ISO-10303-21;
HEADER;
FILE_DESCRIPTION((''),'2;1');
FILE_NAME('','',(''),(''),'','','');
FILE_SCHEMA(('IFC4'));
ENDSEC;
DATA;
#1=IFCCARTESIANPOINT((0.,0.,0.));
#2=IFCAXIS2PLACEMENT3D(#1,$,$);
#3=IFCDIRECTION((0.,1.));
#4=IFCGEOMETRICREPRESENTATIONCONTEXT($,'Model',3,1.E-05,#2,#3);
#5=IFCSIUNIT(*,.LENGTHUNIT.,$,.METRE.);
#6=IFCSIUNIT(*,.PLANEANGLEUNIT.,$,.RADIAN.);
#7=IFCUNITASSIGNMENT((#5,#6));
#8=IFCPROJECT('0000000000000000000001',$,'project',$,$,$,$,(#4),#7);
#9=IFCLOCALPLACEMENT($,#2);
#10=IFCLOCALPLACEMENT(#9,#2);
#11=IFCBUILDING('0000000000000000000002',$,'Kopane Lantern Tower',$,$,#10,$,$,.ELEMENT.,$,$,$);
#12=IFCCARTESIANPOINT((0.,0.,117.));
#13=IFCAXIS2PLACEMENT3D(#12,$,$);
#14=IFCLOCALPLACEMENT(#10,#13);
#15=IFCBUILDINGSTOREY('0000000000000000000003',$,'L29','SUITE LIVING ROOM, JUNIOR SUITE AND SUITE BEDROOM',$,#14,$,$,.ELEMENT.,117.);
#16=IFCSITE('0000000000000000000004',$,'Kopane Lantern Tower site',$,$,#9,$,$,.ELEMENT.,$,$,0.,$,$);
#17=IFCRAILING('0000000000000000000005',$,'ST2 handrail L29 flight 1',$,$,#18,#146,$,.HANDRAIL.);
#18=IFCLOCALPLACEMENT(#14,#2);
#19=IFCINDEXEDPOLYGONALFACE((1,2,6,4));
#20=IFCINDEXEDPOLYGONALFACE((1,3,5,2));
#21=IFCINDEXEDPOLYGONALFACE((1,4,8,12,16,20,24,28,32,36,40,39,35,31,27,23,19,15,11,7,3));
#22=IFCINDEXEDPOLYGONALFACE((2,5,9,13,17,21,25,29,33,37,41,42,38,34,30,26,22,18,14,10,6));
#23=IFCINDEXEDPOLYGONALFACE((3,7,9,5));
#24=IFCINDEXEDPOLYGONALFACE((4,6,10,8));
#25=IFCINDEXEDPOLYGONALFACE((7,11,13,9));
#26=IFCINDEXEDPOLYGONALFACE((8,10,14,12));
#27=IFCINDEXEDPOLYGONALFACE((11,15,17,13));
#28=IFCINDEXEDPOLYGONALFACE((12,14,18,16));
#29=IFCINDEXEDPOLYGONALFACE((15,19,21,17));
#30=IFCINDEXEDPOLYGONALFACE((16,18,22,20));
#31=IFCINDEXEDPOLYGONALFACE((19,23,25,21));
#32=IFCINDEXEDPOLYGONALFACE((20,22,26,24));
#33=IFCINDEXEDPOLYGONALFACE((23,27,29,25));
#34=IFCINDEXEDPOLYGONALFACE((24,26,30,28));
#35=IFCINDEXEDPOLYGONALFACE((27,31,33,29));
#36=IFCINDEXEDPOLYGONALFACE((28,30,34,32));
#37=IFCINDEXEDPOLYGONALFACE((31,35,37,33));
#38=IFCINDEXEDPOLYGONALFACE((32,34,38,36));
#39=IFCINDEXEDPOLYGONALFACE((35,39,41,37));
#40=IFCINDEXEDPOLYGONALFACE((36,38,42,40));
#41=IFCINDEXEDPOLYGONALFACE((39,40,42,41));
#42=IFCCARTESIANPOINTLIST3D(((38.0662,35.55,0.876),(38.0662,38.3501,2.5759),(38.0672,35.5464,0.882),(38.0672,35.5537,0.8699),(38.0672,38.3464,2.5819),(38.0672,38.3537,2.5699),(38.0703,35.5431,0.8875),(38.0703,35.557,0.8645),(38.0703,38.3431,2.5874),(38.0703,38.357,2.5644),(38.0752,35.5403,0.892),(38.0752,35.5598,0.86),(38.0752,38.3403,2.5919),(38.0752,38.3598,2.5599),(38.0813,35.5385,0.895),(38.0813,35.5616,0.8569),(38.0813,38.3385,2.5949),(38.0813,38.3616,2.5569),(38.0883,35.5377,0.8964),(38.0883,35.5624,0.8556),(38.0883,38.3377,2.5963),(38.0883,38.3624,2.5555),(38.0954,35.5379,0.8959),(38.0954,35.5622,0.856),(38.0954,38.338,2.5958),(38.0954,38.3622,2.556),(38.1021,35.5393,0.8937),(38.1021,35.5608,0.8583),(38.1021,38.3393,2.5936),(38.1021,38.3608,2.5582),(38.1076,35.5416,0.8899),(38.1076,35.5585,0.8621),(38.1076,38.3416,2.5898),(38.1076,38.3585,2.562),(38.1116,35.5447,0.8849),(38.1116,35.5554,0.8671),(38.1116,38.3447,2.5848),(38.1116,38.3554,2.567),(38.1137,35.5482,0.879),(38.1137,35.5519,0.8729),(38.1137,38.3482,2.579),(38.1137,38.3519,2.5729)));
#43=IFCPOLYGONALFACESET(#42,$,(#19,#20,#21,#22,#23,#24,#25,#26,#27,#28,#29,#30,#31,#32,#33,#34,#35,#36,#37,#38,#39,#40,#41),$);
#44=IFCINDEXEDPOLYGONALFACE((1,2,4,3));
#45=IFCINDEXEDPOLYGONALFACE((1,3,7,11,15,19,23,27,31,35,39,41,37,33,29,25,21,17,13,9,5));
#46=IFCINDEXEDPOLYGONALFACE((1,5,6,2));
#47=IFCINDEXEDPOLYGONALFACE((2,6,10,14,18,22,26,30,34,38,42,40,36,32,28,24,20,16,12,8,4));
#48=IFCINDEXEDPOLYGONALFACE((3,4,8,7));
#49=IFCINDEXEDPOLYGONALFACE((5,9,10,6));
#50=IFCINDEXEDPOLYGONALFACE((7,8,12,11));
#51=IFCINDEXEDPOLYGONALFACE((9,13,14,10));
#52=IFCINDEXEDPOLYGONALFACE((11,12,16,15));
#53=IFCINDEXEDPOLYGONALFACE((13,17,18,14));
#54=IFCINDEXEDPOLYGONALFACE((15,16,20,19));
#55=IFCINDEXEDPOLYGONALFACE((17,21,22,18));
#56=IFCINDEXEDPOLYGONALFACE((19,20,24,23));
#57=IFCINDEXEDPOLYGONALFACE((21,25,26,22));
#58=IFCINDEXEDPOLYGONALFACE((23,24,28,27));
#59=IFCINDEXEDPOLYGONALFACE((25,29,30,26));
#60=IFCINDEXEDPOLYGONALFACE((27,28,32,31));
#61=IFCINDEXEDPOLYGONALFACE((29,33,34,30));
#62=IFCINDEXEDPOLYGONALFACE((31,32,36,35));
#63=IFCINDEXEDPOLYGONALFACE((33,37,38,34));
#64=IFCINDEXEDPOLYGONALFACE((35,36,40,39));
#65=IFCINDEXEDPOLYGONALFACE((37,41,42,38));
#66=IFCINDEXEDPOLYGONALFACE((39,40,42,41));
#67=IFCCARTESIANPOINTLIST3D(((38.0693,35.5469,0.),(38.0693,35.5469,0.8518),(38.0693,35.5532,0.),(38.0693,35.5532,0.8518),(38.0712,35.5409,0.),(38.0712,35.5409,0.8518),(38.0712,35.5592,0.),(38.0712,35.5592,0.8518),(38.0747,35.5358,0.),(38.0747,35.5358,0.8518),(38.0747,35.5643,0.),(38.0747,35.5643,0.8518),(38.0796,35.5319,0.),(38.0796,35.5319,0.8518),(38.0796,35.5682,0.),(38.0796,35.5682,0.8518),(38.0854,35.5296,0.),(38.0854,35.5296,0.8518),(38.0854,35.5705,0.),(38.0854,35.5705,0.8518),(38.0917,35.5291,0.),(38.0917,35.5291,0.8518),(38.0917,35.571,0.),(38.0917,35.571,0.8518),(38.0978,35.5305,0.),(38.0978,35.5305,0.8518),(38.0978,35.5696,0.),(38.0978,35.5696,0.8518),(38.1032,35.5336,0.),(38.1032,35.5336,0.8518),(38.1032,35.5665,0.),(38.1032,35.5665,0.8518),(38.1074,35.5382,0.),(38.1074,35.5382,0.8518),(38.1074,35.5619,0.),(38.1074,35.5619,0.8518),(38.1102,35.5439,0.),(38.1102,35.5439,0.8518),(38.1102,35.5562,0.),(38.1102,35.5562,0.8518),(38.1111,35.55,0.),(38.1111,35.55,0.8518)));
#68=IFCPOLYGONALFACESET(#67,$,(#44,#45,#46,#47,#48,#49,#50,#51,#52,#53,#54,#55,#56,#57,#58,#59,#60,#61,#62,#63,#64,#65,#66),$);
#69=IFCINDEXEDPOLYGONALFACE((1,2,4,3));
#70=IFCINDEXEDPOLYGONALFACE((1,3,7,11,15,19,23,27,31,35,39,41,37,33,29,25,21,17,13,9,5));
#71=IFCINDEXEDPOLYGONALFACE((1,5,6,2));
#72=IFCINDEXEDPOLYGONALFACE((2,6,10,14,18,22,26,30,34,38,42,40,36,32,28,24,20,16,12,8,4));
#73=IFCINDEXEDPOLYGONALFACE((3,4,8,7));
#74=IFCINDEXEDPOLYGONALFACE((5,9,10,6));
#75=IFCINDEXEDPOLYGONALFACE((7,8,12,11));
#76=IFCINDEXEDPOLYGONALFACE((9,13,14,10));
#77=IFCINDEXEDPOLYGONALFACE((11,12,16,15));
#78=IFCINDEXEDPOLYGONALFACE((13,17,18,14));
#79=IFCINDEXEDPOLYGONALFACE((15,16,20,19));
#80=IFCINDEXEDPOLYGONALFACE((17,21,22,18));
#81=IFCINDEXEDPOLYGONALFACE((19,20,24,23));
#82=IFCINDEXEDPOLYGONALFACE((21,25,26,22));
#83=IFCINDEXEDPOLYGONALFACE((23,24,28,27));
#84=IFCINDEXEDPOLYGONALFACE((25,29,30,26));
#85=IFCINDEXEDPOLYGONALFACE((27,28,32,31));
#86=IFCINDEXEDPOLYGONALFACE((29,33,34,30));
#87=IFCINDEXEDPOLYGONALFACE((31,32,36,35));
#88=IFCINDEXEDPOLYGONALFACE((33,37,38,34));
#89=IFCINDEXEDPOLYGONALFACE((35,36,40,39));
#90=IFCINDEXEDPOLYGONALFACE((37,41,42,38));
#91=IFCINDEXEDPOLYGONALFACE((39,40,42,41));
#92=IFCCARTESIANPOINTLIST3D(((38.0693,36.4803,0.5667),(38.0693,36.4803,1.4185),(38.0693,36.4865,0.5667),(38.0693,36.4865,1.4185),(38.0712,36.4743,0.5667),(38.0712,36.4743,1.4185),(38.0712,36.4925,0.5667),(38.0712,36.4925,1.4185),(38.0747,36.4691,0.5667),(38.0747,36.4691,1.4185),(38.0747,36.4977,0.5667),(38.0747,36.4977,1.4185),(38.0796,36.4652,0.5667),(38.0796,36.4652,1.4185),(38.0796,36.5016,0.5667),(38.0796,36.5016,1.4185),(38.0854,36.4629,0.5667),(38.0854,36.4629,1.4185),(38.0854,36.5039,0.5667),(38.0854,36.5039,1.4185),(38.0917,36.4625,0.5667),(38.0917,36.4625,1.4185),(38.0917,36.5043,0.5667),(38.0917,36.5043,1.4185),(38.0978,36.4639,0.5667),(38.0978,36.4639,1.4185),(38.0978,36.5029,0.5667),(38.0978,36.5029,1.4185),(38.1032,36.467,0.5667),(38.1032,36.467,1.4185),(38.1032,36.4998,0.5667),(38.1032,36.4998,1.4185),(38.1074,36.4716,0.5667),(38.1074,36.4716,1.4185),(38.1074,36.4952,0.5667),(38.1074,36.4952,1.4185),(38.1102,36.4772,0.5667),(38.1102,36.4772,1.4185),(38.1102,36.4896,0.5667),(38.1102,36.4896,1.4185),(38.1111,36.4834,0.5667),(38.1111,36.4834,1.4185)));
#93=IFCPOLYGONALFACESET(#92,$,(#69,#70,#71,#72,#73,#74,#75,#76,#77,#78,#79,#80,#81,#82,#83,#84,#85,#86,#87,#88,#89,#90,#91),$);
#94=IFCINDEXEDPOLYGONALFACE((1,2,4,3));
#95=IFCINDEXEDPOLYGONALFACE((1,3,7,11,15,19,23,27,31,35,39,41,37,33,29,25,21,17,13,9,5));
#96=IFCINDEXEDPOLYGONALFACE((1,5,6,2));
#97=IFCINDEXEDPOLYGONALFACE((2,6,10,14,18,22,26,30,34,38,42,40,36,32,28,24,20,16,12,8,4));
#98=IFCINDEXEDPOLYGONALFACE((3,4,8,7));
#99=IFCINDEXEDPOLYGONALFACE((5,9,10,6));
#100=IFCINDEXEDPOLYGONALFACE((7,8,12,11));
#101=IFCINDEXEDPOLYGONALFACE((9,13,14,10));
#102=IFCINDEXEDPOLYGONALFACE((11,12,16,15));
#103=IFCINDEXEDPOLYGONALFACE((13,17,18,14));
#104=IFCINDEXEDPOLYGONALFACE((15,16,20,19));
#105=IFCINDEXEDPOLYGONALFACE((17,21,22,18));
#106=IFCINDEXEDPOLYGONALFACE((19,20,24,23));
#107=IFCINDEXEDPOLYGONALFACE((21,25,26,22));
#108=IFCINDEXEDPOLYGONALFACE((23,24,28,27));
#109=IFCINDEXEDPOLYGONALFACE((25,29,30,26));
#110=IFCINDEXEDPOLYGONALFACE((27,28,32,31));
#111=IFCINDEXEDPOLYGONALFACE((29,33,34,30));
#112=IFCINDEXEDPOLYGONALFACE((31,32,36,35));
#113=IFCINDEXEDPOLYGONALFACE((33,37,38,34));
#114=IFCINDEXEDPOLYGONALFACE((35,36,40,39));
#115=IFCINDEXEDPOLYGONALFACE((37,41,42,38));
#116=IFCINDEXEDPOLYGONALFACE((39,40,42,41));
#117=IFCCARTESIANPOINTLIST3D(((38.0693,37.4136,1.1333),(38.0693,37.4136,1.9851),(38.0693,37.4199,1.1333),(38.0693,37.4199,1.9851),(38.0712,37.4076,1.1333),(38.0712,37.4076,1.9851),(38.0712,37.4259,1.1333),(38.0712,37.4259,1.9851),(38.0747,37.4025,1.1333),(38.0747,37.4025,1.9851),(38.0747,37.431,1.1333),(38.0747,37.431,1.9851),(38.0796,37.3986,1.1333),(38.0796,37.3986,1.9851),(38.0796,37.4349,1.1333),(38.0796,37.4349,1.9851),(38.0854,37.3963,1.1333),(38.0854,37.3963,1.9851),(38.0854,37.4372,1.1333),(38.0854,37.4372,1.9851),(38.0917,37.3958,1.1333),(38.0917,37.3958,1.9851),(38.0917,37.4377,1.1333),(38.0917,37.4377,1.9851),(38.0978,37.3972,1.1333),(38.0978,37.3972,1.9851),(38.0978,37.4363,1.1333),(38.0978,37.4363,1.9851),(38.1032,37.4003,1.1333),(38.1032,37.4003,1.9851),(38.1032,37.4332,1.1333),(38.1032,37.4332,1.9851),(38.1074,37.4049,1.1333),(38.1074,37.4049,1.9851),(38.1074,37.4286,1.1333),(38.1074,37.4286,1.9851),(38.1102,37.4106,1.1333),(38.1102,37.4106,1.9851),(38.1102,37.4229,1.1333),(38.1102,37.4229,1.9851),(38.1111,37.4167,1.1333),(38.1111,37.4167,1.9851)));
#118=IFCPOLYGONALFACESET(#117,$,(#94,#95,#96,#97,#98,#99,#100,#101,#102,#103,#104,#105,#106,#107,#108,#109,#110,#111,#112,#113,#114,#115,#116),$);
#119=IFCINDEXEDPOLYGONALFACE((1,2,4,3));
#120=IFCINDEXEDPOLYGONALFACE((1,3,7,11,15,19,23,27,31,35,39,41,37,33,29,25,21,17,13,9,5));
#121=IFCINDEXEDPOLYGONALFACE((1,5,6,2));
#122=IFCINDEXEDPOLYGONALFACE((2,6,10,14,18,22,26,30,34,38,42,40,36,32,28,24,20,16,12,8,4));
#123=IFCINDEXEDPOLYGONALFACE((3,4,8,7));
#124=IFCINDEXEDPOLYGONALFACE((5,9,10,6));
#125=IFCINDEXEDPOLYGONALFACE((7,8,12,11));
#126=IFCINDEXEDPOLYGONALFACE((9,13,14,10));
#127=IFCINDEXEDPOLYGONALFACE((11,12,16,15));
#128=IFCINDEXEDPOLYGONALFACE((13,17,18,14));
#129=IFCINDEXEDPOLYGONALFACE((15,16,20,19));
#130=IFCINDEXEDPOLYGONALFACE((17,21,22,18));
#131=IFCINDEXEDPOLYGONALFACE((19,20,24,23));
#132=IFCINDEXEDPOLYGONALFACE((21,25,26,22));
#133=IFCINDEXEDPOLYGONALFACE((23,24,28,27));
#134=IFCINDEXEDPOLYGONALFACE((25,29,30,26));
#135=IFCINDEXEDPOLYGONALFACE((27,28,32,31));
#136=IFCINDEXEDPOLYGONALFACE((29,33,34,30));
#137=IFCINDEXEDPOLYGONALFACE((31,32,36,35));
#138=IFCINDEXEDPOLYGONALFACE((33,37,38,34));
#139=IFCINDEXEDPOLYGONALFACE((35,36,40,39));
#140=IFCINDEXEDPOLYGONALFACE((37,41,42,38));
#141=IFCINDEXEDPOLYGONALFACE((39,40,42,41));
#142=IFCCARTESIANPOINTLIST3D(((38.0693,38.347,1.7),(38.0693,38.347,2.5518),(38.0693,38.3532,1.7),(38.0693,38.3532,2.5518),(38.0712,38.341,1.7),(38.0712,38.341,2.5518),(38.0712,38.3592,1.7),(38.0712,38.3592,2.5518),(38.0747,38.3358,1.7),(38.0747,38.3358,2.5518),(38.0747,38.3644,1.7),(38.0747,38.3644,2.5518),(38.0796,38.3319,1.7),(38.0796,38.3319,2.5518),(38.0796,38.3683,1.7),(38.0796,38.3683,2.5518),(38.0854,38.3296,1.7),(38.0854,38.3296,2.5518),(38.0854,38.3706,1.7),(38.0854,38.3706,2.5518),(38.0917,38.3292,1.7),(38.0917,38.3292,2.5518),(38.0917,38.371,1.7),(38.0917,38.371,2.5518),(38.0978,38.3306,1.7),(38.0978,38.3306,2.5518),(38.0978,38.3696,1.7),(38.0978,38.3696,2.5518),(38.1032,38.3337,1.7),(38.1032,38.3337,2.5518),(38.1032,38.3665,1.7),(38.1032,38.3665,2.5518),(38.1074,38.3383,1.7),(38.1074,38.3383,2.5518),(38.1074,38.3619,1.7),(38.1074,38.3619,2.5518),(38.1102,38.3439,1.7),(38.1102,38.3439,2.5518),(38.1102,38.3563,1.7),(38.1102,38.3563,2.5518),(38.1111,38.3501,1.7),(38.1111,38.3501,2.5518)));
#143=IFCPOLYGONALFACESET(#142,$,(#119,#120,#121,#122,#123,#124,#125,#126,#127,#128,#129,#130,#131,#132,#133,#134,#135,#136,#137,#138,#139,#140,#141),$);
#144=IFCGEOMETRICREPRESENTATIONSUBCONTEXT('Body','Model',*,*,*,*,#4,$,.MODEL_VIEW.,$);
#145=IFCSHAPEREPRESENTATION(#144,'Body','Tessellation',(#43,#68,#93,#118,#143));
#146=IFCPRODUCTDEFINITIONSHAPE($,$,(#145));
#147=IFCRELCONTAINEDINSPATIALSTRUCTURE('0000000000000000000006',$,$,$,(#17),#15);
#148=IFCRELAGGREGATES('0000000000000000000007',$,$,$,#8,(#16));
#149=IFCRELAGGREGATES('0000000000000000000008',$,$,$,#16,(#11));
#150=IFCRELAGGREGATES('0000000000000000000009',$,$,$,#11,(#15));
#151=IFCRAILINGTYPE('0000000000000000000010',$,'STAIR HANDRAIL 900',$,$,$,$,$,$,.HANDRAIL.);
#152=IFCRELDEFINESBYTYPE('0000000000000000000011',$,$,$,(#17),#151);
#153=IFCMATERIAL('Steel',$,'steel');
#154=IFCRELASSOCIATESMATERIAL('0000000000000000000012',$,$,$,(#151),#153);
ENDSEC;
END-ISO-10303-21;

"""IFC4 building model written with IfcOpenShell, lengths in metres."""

from ifc_helpers import new_model, si_unit, direction, frame, origin, origin_2d, place, context, subcontext, project, spatial, circle, extrude, material, type_object, element, save


model = new_model("IFC4")

# Units and contexts
model_context = context("Model", 3, precision=1e-05, world=origin(), true_north=direction((0.0, 1.0)))
body_context = subcontext(model_context, "Body", "Model", "MODEL_VIEW")
ifc_project = project(units=[si_unit("LENGTHUNIT", "METRE"), si_unit("PLANEANGLEUNIT", "RADIAN")], contexts=[model_context])

# Site, building, storey
site_placement = place(None, origin())
site = spatial("IfcSite", under=ifc_project, at=site_placement, Name="Kopane Lantern Tower site", CompositionType="ELEMENT", RefElevation=0.0)
building_placement = place(site_placement, origin())
building = spatial("IfcBuilding", under=site, at=building_placement, Name="Kopane Lantern Tower", CompositionType="ELEMENT")
storey_placement = place(building_placement, frame((0.0, 0.0, 117.0)))
storey = spatial("IfcBuildingStorey", under=building, at=storey_placement, Name="L29", Description="SUITE LIVING ROOM, JUNIOR SUITE AND SUITE BEDROOM", CompositionType="ELEMENT", Elevation=117.0)

# Railing
ifc_material_1 = material(Name="Steel", Category="steel")
railing_type_1 = type_object("IfcRailingType", Name="STAIR HANDRAIL 900", PredefinedType="HANDRAIL", material=ifc_material_1)
for number, where, name in (
    (1, (38.0901, 35.55, 0.0), "ST2 handrail L29 flight 1"),
):
    element("IfcRailing", number, at=place(storey_placement, frame(where)), inside=storey, type_object=railing_type_1, Name=name, PredefinedType="HANDRAIL", context=body_context, shape_type="SweptSolid", body=[
        extrude(circle(Radius=0.0239, at=origin_2d()), frame((0.0, 0.0, 0.876), z_axis=(0.0, 0.854798, 0.518961), x_axis=(-1.0, 0.0, 0.0)), (0.0, 0.0, 1.0), 3.2756),
        extrude(circle(Radius=0.021, at=origin_2d()), origin(), (0.0, 0.0, 1.0), 0.8518),
        extrude(circle(Radius=0.021, at=origin_2d()), frame((0.0, 0.9333, 0.5667)), (0.0, 0.0, 1.0), 0.8518),
        extrude(circle(Radius=0.021, at=origin_2d()), frame((0.0, 1.8667, 1.1333)), (0.0, 0.0, 1.0), 0.8518),
        extrude(circle(Radius=0.021, at=origin_2d()), frame((0.0, 2.8, 1.7)), (0.0, 0.0, 1.0), 0.8518),
    ])

save(model, "model.ifc")
